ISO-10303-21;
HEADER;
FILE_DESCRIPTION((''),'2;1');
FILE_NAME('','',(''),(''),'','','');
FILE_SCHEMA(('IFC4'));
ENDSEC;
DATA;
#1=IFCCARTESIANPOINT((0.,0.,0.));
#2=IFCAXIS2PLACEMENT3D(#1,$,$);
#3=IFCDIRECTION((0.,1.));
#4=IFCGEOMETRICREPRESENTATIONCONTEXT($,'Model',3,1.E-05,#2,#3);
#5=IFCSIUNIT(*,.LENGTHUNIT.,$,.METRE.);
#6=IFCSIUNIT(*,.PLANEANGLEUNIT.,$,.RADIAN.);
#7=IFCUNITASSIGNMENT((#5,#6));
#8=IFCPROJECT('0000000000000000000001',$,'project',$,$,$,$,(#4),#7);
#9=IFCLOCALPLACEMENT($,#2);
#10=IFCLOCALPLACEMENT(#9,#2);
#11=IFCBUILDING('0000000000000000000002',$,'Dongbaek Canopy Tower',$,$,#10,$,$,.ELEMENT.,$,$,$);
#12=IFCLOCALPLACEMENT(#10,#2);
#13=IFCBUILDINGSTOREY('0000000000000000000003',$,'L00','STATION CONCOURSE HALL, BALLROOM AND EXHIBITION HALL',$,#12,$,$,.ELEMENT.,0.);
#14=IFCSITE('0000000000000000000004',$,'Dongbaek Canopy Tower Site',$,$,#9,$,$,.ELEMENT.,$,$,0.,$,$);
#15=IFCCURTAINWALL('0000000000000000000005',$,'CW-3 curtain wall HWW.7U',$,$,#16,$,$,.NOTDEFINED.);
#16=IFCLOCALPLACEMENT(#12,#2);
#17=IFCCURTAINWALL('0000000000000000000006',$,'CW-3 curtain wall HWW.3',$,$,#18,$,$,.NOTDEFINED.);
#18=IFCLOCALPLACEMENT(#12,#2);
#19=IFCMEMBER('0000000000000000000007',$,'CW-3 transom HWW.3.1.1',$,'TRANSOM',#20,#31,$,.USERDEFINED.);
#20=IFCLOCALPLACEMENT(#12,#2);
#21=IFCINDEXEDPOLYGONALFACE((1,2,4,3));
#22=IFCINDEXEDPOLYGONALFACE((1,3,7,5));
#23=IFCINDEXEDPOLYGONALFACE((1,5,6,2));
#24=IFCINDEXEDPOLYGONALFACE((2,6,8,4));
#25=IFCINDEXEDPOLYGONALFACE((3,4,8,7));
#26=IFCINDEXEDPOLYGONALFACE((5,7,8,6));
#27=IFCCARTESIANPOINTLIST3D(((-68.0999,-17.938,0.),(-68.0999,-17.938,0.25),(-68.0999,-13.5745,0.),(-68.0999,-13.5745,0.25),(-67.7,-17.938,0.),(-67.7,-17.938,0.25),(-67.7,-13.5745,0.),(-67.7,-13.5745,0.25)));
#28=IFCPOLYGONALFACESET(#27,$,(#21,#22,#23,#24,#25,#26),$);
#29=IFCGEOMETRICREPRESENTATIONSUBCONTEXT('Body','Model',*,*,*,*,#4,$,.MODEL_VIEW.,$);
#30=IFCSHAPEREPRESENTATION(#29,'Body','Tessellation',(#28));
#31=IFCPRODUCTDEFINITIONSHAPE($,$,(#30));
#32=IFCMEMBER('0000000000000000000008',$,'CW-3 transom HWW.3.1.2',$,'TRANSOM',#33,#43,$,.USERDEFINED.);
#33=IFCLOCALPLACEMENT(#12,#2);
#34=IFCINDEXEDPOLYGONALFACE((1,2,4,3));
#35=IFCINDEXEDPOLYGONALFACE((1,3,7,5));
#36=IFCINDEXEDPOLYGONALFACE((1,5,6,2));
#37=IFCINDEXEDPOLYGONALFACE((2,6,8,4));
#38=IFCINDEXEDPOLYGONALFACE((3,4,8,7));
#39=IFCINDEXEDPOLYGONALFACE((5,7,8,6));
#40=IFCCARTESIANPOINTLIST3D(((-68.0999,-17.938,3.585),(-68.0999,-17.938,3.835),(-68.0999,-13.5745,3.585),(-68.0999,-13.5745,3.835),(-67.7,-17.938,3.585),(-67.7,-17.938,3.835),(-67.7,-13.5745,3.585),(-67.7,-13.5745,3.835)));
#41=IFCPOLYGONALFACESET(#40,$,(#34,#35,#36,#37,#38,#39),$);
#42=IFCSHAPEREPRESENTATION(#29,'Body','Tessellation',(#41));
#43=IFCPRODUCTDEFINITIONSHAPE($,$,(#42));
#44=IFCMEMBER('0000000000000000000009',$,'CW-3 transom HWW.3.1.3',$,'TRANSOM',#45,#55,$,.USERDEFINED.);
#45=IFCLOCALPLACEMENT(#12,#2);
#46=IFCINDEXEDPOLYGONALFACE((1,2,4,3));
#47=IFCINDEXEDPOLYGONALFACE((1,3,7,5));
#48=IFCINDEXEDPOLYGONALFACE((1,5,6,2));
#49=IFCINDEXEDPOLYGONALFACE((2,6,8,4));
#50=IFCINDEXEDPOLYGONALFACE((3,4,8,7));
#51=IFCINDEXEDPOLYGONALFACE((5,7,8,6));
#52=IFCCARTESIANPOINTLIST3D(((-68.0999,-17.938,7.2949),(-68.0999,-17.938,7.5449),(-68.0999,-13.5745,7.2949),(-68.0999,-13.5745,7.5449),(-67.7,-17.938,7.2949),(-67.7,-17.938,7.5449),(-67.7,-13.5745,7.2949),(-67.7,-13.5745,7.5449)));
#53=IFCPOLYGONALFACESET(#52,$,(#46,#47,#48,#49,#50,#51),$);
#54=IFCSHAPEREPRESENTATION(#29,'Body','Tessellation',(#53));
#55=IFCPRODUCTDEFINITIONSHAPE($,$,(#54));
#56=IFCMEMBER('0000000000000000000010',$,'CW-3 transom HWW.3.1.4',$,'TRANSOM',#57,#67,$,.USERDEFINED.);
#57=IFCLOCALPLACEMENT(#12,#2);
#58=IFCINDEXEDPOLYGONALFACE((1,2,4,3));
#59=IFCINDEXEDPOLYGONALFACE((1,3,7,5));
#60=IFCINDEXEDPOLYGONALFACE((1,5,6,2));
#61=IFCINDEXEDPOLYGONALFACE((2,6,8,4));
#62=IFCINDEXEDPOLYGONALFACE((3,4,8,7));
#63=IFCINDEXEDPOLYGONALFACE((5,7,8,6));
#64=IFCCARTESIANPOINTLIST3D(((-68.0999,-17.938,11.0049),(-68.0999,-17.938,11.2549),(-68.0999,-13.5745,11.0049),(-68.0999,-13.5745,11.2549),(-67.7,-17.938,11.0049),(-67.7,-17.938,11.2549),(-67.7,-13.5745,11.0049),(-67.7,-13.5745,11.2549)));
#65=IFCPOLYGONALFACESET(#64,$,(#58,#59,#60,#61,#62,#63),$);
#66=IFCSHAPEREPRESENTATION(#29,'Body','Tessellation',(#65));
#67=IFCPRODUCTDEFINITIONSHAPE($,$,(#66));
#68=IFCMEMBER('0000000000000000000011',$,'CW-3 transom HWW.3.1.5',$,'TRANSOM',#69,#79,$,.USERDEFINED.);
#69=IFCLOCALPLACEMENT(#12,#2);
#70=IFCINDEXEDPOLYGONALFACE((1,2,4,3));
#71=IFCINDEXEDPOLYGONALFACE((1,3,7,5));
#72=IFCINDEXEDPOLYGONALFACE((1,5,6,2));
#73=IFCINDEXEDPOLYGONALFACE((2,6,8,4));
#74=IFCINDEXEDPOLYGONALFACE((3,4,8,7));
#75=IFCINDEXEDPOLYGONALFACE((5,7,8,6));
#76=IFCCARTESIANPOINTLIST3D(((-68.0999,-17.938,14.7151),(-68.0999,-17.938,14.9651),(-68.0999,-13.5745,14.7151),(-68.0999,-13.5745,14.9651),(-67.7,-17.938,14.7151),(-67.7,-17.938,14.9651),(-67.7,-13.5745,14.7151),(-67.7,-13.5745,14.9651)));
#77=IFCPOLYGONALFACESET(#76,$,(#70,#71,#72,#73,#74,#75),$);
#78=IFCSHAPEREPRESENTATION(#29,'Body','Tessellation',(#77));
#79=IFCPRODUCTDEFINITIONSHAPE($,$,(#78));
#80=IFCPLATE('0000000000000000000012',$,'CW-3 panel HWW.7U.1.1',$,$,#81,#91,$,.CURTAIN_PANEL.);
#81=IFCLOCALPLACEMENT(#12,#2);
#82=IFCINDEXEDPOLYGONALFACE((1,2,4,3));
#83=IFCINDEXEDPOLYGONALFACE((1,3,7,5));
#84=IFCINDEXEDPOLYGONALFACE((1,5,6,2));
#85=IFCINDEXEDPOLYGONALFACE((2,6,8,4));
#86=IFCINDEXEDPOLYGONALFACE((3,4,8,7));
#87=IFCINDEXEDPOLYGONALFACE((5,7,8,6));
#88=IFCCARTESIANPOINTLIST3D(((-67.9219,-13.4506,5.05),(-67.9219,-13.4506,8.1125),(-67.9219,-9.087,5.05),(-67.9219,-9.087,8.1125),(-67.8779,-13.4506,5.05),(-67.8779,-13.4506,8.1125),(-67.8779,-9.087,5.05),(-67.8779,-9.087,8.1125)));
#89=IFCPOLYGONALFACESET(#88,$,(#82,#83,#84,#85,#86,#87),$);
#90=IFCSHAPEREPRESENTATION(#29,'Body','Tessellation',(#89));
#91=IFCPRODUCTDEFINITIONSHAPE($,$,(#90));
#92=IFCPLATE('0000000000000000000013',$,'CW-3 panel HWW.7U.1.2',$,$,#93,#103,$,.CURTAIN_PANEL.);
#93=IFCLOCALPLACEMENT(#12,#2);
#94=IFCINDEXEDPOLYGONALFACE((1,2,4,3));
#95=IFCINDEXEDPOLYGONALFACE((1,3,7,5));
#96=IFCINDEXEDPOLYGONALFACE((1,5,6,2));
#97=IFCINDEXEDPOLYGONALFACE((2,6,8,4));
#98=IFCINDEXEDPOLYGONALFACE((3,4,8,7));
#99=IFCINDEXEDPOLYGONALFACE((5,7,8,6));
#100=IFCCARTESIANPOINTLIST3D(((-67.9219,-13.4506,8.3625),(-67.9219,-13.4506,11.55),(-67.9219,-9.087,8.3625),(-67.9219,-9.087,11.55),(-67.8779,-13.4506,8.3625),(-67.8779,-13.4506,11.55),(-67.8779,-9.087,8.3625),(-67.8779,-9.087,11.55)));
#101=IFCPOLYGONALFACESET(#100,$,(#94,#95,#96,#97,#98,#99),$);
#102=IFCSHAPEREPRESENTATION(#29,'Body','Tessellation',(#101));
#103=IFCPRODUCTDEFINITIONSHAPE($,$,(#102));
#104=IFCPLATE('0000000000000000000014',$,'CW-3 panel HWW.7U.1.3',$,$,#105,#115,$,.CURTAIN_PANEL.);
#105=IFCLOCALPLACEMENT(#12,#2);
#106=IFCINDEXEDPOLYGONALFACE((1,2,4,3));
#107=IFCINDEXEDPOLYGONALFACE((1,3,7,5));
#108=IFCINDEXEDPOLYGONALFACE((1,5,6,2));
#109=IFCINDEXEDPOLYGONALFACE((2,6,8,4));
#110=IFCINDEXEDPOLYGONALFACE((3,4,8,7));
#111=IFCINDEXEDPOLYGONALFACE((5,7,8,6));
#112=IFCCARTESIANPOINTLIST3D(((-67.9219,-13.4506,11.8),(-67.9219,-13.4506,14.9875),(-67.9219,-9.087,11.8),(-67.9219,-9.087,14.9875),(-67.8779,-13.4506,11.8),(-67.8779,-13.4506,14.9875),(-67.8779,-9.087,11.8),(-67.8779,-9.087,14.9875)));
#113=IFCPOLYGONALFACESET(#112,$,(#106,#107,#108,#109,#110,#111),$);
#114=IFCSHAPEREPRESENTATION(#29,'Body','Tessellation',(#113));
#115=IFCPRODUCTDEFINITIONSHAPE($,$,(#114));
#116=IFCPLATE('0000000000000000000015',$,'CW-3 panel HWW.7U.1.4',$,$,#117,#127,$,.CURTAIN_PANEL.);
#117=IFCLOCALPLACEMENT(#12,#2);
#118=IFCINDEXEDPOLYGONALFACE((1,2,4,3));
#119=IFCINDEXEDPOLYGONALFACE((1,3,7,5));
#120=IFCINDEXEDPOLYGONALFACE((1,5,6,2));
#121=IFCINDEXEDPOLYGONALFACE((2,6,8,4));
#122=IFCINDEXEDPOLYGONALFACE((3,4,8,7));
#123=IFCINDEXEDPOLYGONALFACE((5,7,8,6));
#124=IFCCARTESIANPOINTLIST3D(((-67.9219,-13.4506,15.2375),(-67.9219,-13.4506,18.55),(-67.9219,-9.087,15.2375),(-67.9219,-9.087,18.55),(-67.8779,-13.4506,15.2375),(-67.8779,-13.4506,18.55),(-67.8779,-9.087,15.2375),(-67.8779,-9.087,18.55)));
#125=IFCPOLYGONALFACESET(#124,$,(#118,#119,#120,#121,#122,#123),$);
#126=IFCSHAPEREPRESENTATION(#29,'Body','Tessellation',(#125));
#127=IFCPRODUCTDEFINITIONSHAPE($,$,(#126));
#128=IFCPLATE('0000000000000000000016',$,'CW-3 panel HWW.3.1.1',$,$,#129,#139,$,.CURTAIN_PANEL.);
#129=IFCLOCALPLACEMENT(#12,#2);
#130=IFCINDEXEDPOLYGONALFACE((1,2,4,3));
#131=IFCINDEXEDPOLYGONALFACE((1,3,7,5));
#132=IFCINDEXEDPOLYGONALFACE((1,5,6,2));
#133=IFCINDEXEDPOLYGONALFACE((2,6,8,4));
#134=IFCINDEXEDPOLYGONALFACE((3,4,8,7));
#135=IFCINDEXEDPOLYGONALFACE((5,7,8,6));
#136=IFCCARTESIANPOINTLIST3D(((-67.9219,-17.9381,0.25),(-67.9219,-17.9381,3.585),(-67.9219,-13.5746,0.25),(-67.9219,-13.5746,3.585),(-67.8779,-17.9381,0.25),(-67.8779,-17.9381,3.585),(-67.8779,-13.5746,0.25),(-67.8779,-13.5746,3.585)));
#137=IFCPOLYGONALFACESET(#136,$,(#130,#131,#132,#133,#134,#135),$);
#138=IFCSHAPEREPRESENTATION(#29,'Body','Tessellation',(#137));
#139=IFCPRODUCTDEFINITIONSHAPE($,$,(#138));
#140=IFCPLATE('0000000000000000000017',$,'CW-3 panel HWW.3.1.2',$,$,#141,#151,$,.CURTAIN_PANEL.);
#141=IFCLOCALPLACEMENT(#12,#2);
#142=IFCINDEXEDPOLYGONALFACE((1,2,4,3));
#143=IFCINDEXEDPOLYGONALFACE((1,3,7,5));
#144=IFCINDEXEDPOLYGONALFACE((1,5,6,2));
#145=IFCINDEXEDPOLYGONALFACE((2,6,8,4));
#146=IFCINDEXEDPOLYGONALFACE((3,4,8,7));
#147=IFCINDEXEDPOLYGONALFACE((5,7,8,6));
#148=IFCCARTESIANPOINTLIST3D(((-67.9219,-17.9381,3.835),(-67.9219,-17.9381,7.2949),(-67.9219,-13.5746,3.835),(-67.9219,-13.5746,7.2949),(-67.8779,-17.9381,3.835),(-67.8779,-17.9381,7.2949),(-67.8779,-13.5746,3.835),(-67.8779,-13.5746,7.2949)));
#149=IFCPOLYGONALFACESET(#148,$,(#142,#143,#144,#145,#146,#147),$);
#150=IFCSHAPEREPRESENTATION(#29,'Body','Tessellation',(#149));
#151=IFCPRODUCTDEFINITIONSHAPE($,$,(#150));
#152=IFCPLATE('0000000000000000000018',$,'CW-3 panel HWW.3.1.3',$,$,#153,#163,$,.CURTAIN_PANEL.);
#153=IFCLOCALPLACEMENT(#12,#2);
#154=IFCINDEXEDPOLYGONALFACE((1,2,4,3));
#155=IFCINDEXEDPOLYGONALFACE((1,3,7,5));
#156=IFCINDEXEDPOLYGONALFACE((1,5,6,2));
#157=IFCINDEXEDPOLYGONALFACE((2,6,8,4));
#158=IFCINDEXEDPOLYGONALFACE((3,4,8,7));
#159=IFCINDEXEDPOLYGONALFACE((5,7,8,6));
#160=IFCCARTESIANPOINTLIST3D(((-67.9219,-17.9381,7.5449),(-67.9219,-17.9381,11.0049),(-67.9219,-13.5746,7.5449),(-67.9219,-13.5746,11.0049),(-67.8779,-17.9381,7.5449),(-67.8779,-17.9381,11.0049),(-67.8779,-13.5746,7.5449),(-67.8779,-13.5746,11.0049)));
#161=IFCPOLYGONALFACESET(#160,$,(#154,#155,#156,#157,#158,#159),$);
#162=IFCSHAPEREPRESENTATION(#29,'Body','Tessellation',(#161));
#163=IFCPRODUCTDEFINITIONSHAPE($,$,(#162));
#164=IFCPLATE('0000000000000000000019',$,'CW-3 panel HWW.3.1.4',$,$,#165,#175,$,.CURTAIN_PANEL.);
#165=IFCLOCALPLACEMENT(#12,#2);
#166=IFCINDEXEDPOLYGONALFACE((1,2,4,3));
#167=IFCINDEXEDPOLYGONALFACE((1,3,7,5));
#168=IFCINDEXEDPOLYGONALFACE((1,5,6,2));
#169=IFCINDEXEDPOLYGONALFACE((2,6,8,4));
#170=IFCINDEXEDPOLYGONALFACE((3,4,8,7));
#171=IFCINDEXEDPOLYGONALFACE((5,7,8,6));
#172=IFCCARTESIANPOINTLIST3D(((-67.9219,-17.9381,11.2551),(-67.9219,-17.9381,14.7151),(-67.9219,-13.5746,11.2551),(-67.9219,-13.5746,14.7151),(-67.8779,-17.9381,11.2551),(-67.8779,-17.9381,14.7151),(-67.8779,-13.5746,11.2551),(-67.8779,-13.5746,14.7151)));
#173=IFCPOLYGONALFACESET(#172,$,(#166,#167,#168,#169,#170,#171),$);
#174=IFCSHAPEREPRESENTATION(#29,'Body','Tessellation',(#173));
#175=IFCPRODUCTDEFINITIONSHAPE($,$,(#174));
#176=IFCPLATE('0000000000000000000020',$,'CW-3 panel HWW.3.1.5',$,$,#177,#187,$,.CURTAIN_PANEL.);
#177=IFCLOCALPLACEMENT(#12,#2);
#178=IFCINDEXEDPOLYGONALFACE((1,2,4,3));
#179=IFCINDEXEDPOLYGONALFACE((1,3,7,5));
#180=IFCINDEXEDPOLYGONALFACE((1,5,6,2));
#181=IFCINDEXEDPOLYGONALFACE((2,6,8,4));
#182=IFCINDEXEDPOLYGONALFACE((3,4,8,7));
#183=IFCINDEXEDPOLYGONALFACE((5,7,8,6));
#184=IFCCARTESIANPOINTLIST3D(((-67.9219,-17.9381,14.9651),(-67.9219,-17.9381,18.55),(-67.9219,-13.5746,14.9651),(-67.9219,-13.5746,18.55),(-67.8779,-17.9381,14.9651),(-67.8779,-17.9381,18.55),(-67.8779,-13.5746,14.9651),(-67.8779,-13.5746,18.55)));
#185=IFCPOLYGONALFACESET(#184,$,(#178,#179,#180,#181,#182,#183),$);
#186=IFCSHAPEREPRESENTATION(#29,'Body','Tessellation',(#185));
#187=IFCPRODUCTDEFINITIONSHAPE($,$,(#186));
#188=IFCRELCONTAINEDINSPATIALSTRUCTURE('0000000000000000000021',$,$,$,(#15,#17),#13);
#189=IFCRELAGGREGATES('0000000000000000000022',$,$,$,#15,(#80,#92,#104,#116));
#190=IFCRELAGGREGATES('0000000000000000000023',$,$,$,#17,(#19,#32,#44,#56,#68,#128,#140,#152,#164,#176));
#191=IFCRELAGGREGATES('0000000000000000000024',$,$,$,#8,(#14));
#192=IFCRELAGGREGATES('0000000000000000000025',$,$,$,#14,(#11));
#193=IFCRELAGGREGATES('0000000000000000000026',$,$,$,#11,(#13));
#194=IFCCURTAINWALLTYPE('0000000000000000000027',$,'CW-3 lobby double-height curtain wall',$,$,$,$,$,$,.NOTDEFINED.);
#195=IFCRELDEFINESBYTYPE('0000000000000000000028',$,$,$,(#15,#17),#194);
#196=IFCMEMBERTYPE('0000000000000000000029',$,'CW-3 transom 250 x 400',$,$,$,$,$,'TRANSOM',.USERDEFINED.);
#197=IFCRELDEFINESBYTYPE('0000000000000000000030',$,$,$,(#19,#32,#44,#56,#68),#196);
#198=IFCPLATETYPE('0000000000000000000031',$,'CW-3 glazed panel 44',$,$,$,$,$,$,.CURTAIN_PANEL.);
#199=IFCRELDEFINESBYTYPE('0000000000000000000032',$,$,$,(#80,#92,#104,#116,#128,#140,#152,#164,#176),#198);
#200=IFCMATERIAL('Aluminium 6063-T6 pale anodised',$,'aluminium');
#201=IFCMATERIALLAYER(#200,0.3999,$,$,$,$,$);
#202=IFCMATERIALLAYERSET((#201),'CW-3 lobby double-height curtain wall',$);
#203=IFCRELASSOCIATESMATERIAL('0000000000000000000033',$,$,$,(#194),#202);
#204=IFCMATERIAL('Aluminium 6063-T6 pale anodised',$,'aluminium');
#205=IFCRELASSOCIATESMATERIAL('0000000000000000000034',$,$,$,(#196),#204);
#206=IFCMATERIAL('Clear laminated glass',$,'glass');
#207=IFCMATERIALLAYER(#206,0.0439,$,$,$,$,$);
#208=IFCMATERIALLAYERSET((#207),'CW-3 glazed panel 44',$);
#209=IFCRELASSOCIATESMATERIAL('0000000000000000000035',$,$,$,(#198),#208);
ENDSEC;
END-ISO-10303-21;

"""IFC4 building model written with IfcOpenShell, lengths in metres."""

from ifc_helpers import new_model, si_unit, direction, frame, origin, origin_2d, place, context, subcontext, project, spatial, rectangle, extrude, material, layer, layer_set, material_profile, profile_set, type_object, element, aggregate, save


model = new_model("IFC4")

# Units and contexts
model_context = context("Model", 3, precision=1e-05, world=origin(), true_north=direction((0.0, 1.0)))
body_context = subcontext(model_context, "Body", "Model", "MODEL_VIEW")
ifc_project = project(units=[si_unit("LENGTHUNIT", "METRE"), si_unit("PLANEANGLEUNIT", "RADIAN")], contexts=[model_context])

# Site, building, storey
site_placement = place(None, origin())
site = spatial("IfcSite", under=ifc_project, at=site_placement, Name="Dongbaek Canopy Tower Site", CompositionType="ELEMENT", RefElevation=0.0)
building_placement = place(site_placement, origin())
building = spatial("IfcBuilding", under=site, at=building_placement, Name="Dongbaek Canopy Tower", CompositionType="ELEMENT")
storey_placement = place(building_placement, origin())
storey = spatial("IfcBuildingStorey", under=building, at=storey_placement, Name="L00", Description="STATION CONCOURSE HALL, BALLROOM AND EXHIBITION HALL", CompositionType="ELEMENT", Elevation=0.0)

# Shared definitions
ifc_material_1 = material(Name="Aluminium 6063-T6 pale anodised", Category="aluminium")
ifc_layer_1 = layer(ifc_material_1, 0.3999)
ifc_layer_set_1 = layer_set([ifc_layer_1], Name="CW-3 lobby double-height curtain wall")
curtain_wall_type = type_object("IfcCurtainWallType", Name="CW-3 lobby double-height curtain wall", PredefinedType="NOTDEFINED", material=ifc_layer_set_1)

# Curtain walls, members
curtain_wall_1_placement = place(storey_placement, origin())
curtain_wall_1 = element("IfcCurtainWall", 1, at=curtain_wall_1_placement, inside=storey, type_object=curtain_wall_type, Name="CW-3 curtain wall HWW.7U", PredefinedType="NOTDEFINED")
ifc_material_2 = material(Name="Aluminium 6063-T6 pale anodised", Category="aluminium")
ifc_material_profile_1 = material_profile(ifc_material_2, rectangle(XDim=0.3999, YDim=0.25, at=origin_2d()), Name="CW-3 transom 250 x 400")
ifc_profile_set_1 = profile_set([ifc_material_profile_1], Name="Aluminium 6063-T6 pale anodised")
member_type_1 = type_object("IfcMemberType", Name="CW-3 transom 250 x 400", ElementType="TRANSOM", PredefinedType="USERDEFINED", material=ifc_profile_set_1)
curtain_wall_2_placement = place(storey_placement, origin())
curtain_wall_2 = element("IfcCurtainWall", 2, at=curtain_wall_2_placement, inside=storey, type_object=curtain_wall_type, Name="CW-3 curtain wall HWW.3", PredefinedType="NOTDEFINED")
member_1_placement = place(storey_placement, frame((-67.8999, -13.5745, 0.125), z_axis=(0.0, -1.0, 0.0), x_axis=(1.0, 0.0, 0.0)))
member_1 = element("IfcMember", 3, at=member_1_placement, type_object=member_type_1, Name="CW-3 transom HWW.3.1.1", ObjectType="TRANSOM", PredefinedType="USERDEFINED", context=body_context, shape_type="SweptSolid", body=[
    extrude(rectangle(XDim=0.3999, YDim=0.25, at=origin_2d()), origin(), (0.0, 0.0, 1.0), 4.3635),
])
member_2_placement = place(storey_placement, frame((-67.8999, -13.5745, 3.71), z_axis=(0.0, -1.0, 0.0), x_axis=(1.0, 0.0, 0.0)))
member_2 = element("IfcMember", 4, at=member_2_placement, type_object=member_type_1, Name="CW-3 transom HWW.3.1.2", ObjectType="TRANSOM", PredefinedType="USERDEFINED", context=body_context, shape_type="SweptSolid", body=[
    extrude(rectangle(XDim=0.3999, YDim=0.25, at=origin_2d()), origin(), (0.0, 0.0, 1.0), 4.3635),
])
member_3_placement = place(storey_placement, frame((-67.8999, -13.5745, 7.4199), z_axis=(0.0, -1.0, 0.0), x_axis=(1.0, 0.0, 0.0)))
member_3 = element("IfcMember", 5, at=member_3_placement, type_object=member_type_1, Name="CW-3 transom HWW.3.1.3", ObjectType="TRANSOM", PredefinedType="USERDEFINED", context=body_context, shape_type="SweptSolid", body=[
    extrude(rectangle(XDim=0.3999, YDim=0.25, at=origin_2d()), origin(), (0.0, 0.0, 1.0), 4.3635),
])
member_4_placement = place(storey_placement, frame((-67.8999, -13.5745, 11.1299), z_axis=(0.0, -1.0, 0.0), x_axis=(1.0, 0.0, 0.0)))
member_4 = element("IfcMember", 6, at=member_4_placement, type_object=member_type_1, Name="CW-3 transom HWW.3.1.4", ObjectType="TRANSOM", PredefinedType="USERDEFINED", context=body_context, shape_type="SweptSolid", body=[
    extrude(rectangle(XDim=0.3999, YDim=0.25, at=origin_2d()), origin(), (0.0, 0.0, 1.0), 4.3635),
])
member_5_placement = place(storey_placement, frame((-67.8999, -13.5745, 14.8401), z_axis=(0.0, -1.0, 0.0), x_axis=(1.0, 0.0, 0.0)))
member_5 = element("IfcMember", 7, at=member_5_placement, type_object=member_type_1, Name="CW-3 transom HWW.3.1.5", ObjectType="TRANSOM", PredefinedType="USERDEFINED", context=body_context, shape_type="SweptSolid", body=[
    extrude(rectangle(XDim=0.3999, YDim=0.25, at=origin_2d()), origin(), (0.0, 0.0, 1.0), 4.3635),
])

# Plates
ifc_material_3 = material(Name="Clear laminated glass", Category="glass")
ifc_layer_2 = layer(ifc_material_3, 0.0439)
ifc_layer_set_2 = layer_set([ifc_layer_2], Name="CW-3 glazed panel 44")
plate_type = type_object("IfcPlateType", Name="CW-3 glazed panel 44", PredefinedType="CURTAIN_PANEL", material=ifc_layer_set_2)
plate_1_placement = place(storey_placement, frame((-67.8999, -11.2688, 5.05), z_axis=(0.0, 0.0, 1.0), x_axis=(0.0, -1.0, 0.0)))
plate_1 = element("IfcPlate", 8, at=plate_1_placement, type_object=plate_type, Name="CW-3 panel HWW.7U.1.1", PredefinedType="CURTAIN_PANEL", context=body_context, shape_type="SweptSolid", body=[
    extrude(rectangle(XDim=4.3635, YDim=0.0439, at=origin_2d()), origin(), (0.0, 0.0, 1.0), 3.0625),
])
plate_2_placement = place(storey_placement, frame((-67.8999, -11.2688, 8.3625), z_axis=(0.0, 0.0, 1.0), x_axis=(0.0, -1.0, 0.0)))
plate_2 = element("IfcPlate", 9, at=plate_2_placement, type_object=plate_type, Name="CW-3 panel HWW.7U.1.2", PredefinedType="CURTAIN_PANEL", context=body_context, shape_type="SweptSolid", body=[
    extrude(rectangle(XDim=4.3635, YDim=0.0439, at=origin_2d()), origin(), (0.0, 0.0, 1.0), 3.1875),
])
plate_3_placement = place(storey_placement, frame((-67.8999, -11.2688, 11.8), z_axis=(0.0, 0.0, 1.0), x_axis=(0.0, -1.0, 0.0)))
plate_3 = element("IfcPlate", 10, at=plate_3_placement, type_object=plate_type, Name="CW-3 panel HWW.7U.1.3", PredefinedType="CURTAIN_PANEL", context=body_context, shape_type="SweptSolid", body=[
    extrude(rectangle(XDim=4.3635, YDim=0.0439, at=origin_2d()), origin(), (0.0, 0.0, 1.0), 3.1875),
])
plate_4_placement = place(storey_placement, frame((-67.8999, -11.2688, 15.2375), z_axis=(0.0, 0.0, 1.0), x_axis=(0.0, -1.0, 0.0)))
plate_4 = element("IfcPlate", 11, at=plate_4_placement, type_object=plate_type, Name="CW-3 panel HWW.7U.1.4", PredefinedType="CURTAIN_PANEL", context=body_context, shape_type="SweptSolid", body=[
    extrude(rectangle(XDim=4.3635, YDim=0.0439, at=origin_2d()), origin(), (0.0, 0.0, 1.0), 3.3125),
])
aggregate(curtain_wall_1, [plate_1, plate_2, plate_3, plate_4])
plate_5_placement = place(storey_placement, frame((-67.8999, -15.7563, 0.25), z_axis=(0.0, 0.0, 1.0), x_axis=(0.0, -1.0, 0.0)))
plate_5 = element("IfcPlate", 12, at=plate_5_placement, type_object=plate_type, Name="CW-3 panel HWW.3.1.1", PredefinedType="CURTAIN_PANEL", context=body_context, shape_type="SweptSolid", body=[
    extrude(rectangle(XDim=4.3635, YDim=0.0439, at=origin_2d()), origin(), (0.0, 0.0, 1.0), 3.335),
])
plate_6_placement = place(storey_placement, frame((-67.8999, -15.7563, 3.835), z_axis=(0.0, 0.0, 1.0), x_axis=(0.0, -1.0, 0.0)))
plate_6 = element("IfcPlate", 13, at=plate_6_placement, type_object=plate_type, Name="CW-3 panel HWW.3.1.2", PredefinedType="CURTAIN_PANEL", context=body_context, shape_type="SweptSolid", body=[
    extrude(rectangle(XDim=4.3635, YDim=0.0439, at=origin_2d()), origin(), (0.0, 0.0, 1.0), 3.46),
])
plate_7_placement = place(storey_placement, frame((-67.8999, -15.7563, 7.5449), z_axis=(0.0, 0.0, 1.0), x_axis=(0.0, -1.0, 0.0)))
plate_7 = element("IfcPlate", 14, at=plate_7_placement, type_object=plate_type, Name="CW-3 panel HWW.3.1.3", PredefinedType="CURTAIN_PANEL", context=body_context, shape_type="SweptSolid", body=[
    extrude(rectangle(XDim=4.3635, YDim=0.0439, at=origin_2d()), origin(), (0.0, 0.0, 1.0), 3.46),
])
plate_8_placement = place(storey_placement, frame((-67.8999, -15.7563, 11.2551), z_axis=(0.0, 0.0, 1.0), x_axis=(0.0, -1.0, 0.0)))
plate_8 = element("IfcPlate", 15, at=plate_8_placement, type_object=plate_type, Name="CW-3 panel HWW.3.1.4", PredefinedType="CURTAIN_PANEL", context=body_context, shape_type="SweptSolid", body=[
    extrude(rectangle(XDim=4.3635, YDim=0.0439, at=origin_2d()), origin(), (0.0, 0.0, 1.0), 3.46),
])
plate_9_placement = place(storey_placement, frame((-67.8999, -15.7563, 14.9651), z_axis=(0.0, 0.0, 1.0), x_axis=(0.0, -1.0, 0.0)))
plate_9 = element("IfcPlate", 16, at=plate_9_placement, type_object=plate_type, Name="CW-3 panel HWW.3.1.5", PredefinedType="CURTAIN_PANEL", context=body_context, shape_type="SweptSolid", body=[
    extrude(rectangle(XDim=4.3635, YDim=0.0439, at=origin_2d()), origin(), (0.0, 0.0, 1.0), 3.585),
])
aggregate(curtain_wall_2, [member_1, member_2, member_3, member_4, member_5, plate_5, plate_6, plate_7, plate_8, plate_9])

save(model, "model.ifc")
